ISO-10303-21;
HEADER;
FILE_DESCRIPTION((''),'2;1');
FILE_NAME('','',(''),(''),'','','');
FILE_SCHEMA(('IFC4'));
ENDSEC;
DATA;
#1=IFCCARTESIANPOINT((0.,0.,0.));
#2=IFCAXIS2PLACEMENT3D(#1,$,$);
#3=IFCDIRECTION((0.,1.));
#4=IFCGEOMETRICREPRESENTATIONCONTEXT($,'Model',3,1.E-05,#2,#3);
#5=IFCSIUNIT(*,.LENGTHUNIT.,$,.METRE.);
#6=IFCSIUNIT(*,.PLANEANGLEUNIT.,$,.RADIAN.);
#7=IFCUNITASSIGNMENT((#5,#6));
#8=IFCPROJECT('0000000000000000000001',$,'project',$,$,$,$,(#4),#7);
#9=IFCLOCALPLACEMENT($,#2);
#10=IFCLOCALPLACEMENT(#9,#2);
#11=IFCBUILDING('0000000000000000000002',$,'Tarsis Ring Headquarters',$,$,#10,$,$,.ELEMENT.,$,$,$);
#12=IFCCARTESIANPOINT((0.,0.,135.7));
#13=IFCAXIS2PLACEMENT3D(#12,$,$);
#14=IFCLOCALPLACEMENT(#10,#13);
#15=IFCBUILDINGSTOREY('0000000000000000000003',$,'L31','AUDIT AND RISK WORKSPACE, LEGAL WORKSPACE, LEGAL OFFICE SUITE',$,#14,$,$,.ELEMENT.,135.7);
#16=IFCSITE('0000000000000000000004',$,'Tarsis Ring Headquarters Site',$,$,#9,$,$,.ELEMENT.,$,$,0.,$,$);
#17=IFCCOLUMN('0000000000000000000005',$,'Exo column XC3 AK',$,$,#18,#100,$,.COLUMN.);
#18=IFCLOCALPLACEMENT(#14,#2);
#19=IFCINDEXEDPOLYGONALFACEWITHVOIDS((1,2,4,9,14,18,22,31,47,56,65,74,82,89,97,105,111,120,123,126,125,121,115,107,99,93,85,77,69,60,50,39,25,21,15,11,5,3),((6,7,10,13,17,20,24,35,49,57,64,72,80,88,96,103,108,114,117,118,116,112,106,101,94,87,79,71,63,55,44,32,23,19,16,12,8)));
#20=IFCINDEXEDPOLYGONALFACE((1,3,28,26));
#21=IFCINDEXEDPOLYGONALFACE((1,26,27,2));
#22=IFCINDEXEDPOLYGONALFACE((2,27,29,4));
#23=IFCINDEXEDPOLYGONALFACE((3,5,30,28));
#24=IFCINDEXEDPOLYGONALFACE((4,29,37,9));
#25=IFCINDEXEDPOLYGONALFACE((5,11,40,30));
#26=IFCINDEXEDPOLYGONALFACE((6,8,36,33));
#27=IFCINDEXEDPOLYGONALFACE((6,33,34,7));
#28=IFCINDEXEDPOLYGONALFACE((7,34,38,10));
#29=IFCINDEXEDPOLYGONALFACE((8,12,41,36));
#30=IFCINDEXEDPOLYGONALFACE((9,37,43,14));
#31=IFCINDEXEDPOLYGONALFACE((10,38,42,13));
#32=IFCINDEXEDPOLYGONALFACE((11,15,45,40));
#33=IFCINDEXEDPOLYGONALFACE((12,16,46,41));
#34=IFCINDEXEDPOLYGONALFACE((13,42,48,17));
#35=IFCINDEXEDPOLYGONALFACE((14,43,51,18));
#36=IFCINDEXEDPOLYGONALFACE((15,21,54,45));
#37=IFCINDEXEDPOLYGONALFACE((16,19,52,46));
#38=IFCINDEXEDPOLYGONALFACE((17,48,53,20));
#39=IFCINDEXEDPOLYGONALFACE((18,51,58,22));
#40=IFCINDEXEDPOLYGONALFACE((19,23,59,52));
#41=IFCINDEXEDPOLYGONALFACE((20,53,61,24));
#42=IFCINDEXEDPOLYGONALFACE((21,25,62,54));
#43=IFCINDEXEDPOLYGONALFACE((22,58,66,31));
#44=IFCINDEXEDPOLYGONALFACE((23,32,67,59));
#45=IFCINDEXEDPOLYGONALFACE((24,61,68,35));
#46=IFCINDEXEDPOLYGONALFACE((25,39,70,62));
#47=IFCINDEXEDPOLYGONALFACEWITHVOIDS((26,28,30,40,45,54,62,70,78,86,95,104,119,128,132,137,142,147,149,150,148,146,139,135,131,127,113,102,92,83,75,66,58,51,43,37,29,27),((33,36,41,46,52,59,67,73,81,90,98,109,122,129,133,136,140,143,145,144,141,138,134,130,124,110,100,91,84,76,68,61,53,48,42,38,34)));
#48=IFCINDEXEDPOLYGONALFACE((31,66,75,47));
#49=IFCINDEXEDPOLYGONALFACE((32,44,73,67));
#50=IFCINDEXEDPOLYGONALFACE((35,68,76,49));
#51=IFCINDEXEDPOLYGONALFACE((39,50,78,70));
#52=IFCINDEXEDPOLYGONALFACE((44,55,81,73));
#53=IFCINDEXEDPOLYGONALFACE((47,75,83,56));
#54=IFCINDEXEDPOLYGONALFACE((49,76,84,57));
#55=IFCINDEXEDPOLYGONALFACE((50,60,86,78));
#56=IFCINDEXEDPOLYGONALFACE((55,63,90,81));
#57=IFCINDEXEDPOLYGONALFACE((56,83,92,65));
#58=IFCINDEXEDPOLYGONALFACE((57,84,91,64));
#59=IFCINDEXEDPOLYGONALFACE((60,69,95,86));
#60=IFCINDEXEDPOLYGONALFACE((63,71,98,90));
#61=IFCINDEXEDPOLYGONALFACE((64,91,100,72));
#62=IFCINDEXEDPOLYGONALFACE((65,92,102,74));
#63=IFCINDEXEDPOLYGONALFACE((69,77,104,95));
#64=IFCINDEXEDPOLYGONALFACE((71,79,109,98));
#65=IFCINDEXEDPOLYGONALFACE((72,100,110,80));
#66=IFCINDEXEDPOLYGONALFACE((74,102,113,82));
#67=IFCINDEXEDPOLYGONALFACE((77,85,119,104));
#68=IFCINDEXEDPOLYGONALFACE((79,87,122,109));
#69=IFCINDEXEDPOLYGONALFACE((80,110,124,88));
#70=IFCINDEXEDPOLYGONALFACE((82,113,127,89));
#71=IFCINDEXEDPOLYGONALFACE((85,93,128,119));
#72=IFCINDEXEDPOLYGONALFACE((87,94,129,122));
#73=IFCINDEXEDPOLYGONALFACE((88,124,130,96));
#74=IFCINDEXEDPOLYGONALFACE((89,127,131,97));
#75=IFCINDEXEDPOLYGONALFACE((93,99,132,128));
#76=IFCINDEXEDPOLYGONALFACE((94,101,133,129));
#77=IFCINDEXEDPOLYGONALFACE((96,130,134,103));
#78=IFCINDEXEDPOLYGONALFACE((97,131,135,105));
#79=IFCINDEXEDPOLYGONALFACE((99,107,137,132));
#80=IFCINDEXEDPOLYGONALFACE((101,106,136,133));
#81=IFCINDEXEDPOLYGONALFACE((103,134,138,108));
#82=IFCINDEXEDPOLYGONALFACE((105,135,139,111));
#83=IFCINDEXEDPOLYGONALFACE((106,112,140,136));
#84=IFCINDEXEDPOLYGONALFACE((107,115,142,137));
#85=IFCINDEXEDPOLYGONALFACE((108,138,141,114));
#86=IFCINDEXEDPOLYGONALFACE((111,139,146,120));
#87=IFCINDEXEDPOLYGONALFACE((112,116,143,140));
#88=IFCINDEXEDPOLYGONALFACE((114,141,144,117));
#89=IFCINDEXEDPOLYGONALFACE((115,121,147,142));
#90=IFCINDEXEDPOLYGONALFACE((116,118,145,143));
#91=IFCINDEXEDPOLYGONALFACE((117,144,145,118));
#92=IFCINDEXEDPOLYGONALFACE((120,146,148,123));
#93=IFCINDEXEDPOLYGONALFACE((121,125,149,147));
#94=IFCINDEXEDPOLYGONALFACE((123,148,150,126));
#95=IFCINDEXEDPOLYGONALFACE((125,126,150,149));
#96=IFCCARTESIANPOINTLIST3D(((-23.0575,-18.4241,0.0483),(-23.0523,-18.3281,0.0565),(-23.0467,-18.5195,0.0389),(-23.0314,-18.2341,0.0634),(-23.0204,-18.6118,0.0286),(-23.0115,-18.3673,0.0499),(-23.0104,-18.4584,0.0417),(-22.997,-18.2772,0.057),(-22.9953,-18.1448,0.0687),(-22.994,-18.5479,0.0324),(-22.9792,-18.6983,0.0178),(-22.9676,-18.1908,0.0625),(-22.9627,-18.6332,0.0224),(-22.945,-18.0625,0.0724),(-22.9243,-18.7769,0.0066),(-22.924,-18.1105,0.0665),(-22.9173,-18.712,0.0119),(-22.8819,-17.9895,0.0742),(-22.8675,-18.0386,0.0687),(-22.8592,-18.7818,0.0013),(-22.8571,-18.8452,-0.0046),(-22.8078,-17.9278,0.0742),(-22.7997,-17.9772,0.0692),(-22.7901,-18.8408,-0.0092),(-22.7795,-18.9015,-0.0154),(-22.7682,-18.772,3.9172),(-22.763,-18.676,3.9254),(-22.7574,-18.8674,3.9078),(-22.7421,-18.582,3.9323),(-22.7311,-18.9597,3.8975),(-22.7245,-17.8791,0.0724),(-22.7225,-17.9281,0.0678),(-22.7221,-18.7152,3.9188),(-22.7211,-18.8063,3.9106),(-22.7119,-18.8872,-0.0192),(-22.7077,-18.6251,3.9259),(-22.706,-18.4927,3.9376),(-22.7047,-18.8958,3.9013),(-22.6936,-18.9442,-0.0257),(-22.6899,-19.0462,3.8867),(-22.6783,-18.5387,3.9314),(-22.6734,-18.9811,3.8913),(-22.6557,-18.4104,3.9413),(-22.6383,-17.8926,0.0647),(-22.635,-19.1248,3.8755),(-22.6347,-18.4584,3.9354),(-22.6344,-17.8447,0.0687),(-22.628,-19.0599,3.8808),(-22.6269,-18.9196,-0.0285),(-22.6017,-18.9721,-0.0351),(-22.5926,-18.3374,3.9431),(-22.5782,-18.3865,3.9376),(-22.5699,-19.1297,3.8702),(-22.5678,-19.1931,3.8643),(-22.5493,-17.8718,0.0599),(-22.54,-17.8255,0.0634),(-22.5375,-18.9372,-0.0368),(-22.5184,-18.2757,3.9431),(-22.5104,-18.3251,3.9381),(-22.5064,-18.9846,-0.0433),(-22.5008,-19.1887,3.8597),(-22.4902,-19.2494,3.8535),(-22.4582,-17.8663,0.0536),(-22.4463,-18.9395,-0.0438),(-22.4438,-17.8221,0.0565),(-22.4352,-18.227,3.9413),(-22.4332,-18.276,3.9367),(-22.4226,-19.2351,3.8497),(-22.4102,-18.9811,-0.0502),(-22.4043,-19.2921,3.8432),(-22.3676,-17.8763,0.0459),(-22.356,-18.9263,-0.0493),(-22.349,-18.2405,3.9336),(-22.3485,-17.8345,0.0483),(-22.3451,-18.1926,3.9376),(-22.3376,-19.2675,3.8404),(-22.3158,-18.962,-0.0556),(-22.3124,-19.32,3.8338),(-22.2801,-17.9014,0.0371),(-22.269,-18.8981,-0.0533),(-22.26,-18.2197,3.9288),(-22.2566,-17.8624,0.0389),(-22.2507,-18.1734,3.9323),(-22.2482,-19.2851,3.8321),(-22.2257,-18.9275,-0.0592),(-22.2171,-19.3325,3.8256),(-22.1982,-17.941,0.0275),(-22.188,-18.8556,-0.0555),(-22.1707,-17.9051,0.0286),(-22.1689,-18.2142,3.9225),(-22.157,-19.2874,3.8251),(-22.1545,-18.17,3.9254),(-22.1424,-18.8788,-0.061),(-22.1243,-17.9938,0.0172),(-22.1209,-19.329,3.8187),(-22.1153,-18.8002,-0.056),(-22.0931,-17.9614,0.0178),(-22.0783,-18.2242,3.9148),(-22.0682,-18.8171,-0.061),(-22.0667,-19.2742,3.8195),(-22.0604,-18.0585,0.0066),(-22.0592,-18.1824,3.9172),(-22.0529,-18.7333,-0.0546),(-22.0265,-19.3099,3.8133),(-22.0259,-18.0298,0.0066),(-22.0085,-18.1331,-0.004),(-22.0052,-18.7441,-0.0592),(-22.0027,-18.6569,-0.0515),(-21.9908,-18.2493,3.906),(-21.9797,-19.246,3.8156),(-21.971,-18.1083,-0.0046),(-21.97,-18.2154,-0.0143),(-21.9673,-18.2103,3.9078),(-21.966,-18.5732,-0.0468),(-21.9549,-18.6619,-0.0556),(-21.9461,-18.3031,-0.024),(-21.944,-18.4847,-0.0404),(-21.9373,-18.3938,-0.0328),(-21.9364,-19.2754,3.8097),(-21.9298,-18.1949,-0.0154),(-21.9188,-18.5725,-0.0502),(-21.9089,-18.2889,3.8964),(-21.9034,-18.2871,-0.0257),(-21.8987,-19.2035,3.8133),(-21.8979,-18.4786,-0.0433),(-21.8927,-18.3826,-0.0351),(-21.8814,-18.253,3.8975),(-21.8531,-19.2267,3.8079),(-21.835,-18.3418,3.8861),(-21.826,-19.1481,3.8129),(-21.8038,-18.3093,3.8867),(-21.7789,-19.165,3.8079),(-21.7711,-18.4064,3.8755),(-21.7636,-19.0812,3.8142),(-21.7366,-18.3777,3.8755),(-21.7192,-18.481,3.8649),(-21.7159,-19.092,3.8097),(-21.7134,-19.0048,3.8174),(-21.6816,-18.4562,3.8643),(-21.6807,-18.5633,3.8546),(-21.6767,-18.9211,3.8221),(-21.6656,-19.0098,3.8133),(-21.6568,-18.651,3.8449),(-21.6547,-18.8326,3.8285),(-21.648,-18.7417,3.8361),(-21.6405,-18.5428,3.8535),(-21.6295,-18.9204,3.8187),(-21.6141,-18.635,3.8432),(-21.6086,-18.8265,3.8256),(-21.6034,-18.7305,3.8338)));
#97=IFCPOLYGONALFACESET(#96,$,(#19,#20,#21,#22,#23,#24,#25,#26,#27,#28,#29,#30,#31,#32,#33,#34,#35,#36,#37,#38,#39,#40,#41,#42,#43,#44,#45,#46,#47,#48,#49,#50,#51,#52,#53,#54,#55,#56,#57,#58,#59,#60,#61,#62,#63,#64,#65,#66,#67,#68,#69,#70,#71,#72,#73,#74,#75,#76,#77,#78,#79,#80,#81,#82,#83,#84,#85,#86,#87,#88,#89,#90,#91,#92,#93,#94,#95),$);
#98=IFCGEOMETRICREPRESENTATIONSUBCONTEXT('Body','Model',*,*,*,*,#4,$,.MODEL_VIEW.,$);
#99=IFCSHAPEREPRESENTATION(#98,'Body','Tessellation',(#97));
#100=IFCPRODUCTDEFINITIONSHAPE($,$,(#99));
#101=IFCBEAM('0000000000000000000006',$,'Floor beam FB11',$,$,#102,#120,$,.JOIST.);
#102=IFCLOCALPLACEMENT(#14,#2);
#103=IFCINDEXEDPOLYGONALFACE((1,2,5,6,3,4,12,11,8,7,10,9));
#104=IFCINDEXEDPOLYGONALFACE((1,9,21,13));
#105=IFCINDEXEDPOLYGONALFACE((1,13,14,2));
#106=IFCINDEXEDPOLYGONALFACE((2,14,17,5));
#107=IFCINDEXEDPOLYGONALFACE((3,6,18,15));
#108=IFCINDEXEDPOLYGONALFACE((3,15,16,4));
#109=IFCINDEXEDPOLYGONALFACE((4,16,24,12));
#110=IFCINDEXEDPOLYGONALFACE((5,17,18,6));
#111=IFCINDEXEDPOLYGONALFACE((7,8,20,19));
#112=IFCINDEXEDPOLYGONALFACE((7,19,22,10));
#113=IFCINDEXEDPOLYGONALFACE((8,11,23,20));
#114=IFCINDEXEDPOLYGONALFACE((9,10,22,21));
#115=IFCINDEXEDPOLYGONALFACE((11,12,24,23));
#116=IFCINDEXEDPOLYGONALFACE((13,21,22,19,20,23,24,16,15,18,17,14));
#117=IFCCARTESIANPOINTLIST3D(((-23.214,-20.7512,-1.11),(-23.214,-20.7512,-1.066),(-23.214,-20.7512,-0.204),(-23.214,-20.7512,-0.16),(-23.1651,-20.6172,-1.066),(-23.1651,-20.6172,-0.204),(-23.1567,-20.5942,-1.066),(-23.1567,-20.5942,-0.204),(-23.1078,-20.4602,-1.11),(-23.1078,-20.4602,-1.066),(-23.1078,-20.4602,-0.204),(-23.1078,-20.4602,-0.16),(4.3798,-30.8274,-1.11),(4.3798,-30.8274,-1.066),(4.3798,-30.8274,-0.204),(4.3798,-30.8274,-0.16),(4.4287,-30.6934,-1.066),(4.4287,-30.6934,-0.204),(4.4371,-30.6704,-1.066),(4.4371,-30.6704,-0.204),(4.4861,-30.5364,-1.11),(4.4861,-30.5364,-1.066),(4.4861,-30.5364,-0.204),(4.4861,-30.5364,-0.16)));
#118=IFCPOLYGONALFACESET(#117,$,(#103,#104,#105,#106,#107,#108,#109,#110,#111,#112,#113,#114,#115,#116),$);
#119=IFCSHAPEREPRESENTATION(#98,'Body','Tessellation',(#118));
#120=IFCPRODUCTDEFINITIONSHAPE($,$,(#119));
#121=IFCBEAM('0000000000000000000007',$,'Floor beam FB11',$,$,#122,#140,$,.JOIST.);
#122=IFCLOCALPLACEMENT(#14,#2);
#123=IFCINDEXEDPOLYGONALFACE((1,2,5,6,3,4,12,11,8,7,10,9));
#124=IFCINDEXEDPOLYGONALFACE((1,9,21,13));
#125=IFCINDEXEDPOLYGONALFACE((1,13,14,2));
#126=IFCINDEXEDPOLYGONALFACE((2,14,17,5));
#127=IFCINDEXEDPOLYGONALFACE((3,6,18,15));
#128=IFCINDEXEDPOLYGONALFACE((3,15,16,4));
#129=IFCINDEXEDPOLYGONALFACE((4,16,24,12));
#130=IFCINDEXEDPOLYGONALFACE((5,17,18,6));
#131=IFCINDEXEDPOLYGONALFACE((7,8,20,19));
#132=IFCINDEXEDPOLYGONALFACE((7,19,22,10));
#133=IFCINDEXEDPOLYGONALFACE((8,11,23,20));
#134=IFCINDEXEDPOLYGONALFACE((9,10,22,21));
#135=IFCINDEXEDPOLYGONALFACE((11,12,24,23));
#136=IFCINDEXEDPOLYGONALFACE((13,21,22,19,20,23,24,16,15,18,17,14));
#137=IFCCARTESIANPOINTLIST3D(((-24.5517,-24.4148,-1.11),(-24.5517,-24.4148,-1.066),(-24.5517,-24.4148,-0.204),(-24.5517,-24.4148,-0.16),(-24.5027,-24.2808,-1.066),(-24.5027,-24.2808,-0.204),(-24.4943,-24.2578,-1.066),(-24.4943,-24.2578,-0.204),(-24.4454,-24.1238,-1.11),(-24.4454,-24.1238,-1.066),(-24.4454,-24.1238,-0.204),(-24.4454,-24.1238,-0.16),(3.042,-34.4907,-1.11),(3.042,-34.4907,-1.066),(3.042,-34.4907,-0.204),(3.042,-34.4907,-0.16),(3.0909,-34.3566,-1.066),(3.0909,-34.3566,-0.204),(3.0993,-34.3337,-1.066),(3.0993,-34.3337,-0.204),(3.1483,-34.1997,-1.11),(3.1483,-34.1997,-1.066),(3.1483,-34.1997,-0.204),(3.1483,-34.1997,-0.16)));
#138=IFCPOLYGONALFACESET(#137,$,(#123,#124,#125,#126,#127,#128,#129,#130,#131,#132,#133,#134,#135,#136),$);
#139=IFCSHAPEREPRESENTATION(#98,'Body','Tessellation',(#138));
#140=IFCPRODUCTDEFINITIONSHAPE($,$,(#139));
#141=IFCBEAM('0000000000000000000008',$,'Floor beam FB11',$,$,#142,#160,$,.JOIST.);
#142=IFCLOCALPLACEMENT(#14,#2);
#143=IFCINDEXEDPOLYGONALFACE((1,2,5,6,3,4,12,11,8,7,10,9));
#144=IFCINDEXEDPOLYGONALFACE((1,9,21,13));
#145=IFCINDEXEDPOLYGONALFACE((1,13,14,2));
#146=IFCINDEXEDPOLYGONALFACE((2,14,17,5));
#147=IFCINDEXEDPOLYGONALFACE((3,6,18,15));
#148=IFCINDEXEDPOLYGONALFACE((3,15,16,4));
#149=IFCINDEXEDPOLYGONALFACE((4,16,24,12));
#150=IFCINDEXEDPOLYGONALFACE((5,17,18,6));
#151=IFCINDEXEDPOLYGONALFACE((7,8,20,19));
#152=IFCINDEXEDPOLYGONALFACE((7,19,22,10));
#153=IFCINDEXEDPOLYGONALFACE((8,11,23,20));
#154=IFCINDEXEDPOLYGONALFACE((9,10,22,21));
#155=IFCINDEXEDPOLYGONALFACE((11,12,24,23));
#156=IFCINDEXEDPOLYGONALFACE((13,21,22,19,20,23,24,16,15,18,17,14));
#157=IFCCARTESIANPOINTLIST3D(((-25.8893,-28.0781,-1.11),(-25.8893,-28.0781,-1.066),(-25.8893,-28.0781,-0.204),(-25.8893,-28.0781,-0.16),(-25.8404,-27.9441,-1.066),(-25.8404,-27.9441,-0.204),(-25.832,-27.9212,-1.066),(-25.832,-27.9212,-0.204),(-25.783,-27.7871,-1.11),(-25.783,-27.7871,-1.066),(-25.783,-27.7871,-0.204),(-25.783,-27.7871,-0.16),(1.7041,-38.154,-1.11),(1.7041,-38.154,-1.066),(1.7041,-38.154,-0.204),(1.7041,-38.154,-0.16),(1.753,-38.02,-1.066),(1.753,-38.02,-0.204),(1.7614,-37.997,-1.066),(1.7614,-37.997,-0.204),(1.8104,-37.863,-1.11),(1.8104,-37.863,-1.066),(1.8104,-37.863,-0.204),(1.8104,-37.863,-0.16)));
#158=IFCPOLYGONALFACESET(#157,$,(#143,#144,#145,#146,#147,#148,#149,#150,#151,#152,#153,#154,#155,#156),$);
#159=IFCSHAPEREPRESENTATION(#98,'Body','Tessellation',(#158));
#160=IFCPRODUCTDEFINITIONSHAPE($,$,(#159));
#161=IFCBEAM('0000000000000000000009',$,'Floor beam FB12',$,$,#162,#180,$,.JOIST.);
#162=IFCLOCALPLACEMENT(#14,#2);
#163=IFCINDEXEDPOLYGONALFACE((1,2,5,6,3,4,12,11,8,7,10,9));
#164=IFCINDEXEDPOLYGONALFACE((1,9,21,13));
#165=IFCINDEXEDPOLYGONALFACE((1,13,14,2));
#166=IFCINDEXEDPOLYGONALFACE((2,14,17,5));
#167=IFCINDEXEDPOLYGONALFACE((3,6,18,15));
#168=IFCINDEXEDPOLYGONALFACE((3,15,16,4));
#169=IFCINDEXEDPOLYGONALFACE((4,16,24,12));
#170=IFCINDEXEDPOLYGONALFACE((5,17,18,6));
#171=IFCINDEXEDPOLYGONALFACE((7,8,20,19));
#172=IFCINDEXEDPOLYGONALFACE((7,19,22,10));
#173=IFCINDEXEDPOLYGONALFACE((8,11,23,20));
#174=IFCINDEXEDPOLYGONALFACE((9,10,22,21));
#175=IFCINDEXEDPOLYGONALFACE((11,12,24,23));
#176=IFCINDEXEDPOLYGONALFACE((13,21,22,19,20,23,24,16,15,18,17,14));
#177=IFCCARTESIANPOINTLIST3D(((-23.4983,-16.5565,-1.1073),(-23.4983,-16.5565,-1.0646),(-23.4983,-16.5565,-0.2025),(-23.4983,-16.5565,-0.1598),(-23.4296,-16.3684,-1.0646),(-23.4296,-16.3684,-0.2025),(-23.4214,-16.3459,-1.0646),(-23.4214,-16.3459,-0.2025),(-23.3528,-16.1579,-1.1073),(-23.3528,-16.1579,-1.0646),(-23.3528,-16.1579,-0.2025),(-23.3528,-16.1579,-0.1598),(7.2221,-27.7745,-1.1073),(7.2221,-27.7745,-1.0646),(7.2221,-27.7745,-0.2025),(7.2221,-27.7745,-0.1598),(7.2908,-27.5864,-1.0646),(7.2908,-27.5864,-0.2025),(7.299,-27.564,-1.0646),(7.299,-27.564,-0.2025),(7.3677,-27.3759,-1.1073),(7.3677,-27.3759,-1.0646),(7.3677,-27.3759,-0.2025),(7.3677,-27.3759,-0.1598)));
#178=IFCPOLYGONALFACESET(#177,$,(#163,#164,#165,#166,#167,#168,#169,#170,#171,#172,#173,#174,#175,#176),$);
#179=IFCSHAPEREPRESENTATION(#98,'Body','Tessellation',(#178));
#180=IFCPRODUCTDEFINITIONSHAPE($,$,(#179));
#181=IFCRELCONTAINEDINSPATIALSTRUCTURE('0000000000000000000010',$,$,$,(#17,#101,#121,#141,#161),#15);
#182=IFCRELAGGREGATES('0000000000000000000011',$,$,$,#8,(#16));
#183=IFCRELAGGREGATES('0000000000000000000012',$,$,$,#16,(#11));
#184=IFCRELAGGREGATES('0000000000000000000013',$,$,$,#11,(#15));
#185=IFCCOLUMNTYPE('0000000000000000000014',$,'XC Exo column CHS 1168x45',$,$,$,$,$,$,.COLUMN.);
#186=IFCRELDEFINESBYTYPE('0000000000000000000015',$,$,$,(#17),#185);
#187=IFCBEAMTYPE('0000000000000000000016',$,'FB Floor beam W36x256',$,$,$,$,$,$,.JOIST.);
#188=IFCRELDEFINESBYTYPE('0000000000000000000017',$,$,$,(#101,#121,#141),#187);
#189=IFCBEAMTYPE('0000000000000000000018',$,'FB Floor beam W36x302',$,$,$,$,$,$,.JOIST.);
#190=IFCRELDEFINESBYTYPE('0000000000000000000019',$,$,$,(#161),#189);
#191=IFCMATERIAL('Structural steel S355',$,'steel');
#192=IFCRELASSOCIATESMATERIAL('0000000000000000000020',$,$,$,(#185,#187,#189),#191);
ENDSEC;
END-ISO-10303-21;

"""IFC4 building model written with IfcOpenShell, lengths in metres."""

from ifc_helpers import new_model, si_unit, direction, frame, origin, origin_2d, place, context, subcontext, project, spatial, hollow_circle, i_section, extrude, material, material_profile, profile_set, type_object, element, save


model = new_model("IFC4")

# Units and contexts
model_context = context("Model", 3, precision=1e-05, world=origin(), true_north=direction((0.0, 1.0)))
body_context = subcontext(model_context, "Body", "Model", "MODEL_VIEW")
ifc_project = project(units=[si_unit("LENGTHUNIT", "METRE"), si_unit("PLANEANGLEUNIT", "RADIAN")], contexts=[model_context])

# Site, building, storey
site_placement = place(None, origin())
site = spatial("IfcSite", under=ifc_project, at=site_placement, Name="Tarsis Ring Headquarters Site", CompositionType="ELEMENT", RefElevation=0.0)
building_placement = place(site_placement, origin())
building = spatial("IfcBuilding", under=site, at=building_placement, Name="Tarsis Ring Headquarters", CompositionType="ELEMENT")
storey_placement = place(building_placement, frame((0.0, 0.0, 135.7)))
storey = spatial("IfcBuildingStorey", under=building, at=storey_placement, Name="L31", Description="AUDIT AND RISK WORKSPACE, LEGAL WORKSPACE, LEGAL OFFICE SUITE", CompositionType="ELEMENT", Elevation=135.7)

# Column
ifc_material_1 = material(Name="Structural steel S355", Category="steel")
ifc_material_profile_1 = material_profile(ifc_material_1, hollow_circle(Radius=0.5842, WallThickness=0.0449, at=origin_2d()), Name="CHS 1168x45")
ifc_profile_set_1 = profile_set([ifc_material_profile_1], Name="Structural steel S355")
column_type = type_object("IfcColumnType", Name="XC Exo column CHS 1168x45", PredefinedType="COLUMN", material=ifc_profile_set_1)
column_placement = place(storey_placement, frame((-22.4751, -18.4033, 0.0066), z_axis=(0.074271, -0.089314, 0.993231), x_axis=(0.768884, 0.639388, 0.0)))
element("IfcColumn", 1, at=column_placement, inside=storey, type_object=column_type, Name="Exo column XC3 AK", PredefinedType="COLUMN", context=body_context, shape_type="SweptSolid", body=[
    extrude(hollow_circle(Radius=0.5842, WallThickness=0.0449, at=origin_2d()), origin(), (0.0, 0.0, 1.0), 3.8953),
])

# Beams
ifc_material_profile_2 = material_profile(ifc_material_1, i_section(OverallWidth=0.3098, OverallDepth=0.95, WebThickness=0.0244, FlangeThickness=0.0439, at=origin_2d()), Name="W36x256")
ifc_profile_set_2 = profile_set([ifc_material_profile_2], Name="Structural steel S355")
beam_type_1 = type_object("IfcBeamType", Name="FB Floor beam W36x256", PredefinedType="JOIST", material=ifc_profile_set_2)
beam_1_placement = place(storey_placement, frame((-23.1609, -20.6057, -0.635), z_axis=(0.939332, -0.343008, 0.0), x_axis=(0.343008, 0.939332, 0.0)))
element("IfcBeam", 2, at=beam_1_placement, inside=storey, type_object=beam_type_1, Name="Floor beam FB11", PredefinedType="JOIST", context=body_context, shape_type="SweptSolid", body=[
    extrude(i_section(OverallWidth=0.3098, OverallDepth=0.95, WebThickness=0.0244, FlangeThickness=0.0439, at=origin_2d()), origin(), (0.0, 0.0, 1.0), 29.376),
])
beam_2_placement = place(storey_placement, frame((-24.4985, -24.2693, -0.635), z_axis=(0.939335, -0.343001, 0.0), x_axis=(0.343001, 0.939335, 0.0)))
element("IfcBeam", 3, at=beam_2_placement, inside=storey, type_object=beam_type_1, Name="Floor beam FB11", PredefinedType="JOIST", context=body_context, shape_type="SweptSolid", body=[
    extrude(i_section(OverallWidth=0.3098, OverallDepth=0.95, WebThickness=0.0244, FlangeThickness=0.0439, at=origin_2d()), origin(), (0.0, 0.0, 1.0), 29.3757),
])
beam_3_placement = place(storey_placement, frame((-25.8362, -27.9326, -0.635), z_axis=(0.939334, -0.343003, 0.0), x_axis=(0.343003, 0.939334, 0.0)))
element("IfcBeam", 4, at=beam_3_placement, inside=storey, type_object=beam_type_1, Name="Floor beam FB11", PredefinedType="JOIST", context=body_context, shape_type="SweptSolid", body=[
    extrude(i_section(OverallWidth=0.3098, OverallDepth=0.95, WebThickness=0.0244, FlangeThickness=0.0439, at=origin_2d()), origin(), (0.0, 0.0, 1.0), 29.3755),
])
ifc_material_profile_3 = material_profile(ifc_material_1, i_section(OverallWidth=0.4243, OverallDepth=0.9475, WebThickness=0.0239, FlangeThickness=0.0427, at=origin_2d()), Name="W36x302")
ifc_profile_set_3 = profile_set([ifc_material_profile_3], Name="Structural steel S355")
beam_type_2 = type_object("IfcBeamType", Name="FB Floor beam W36x302", PredefinedType="JOIST", material=ifc_profile_set_3)
beam_4_placement = place(storey_placement, frame((-23.4255, -16.3572, -0.6335), z_axis=(0.939332, -0.34301, 0.0), x_axis=(0.34301, 0.939332, 0.0)))
element("IfcBeam", 5, at=beam_4_placement, inside=storey, type_object=beam_type_2, Name="Floor beam FB12", PredefinedType="JOIST", context=body_context, shape_type="SweptSolid", body=[
    extrude(i_section(OverallWidth=0.4243, OverallDepth=0.9475, WebThickness=0.0239, FlangeThickness=0.0427, at=origin_2d()), origin(), (0.0, 0.0, 1.0), 32.7046),
])

save(model, "model.ifc")
